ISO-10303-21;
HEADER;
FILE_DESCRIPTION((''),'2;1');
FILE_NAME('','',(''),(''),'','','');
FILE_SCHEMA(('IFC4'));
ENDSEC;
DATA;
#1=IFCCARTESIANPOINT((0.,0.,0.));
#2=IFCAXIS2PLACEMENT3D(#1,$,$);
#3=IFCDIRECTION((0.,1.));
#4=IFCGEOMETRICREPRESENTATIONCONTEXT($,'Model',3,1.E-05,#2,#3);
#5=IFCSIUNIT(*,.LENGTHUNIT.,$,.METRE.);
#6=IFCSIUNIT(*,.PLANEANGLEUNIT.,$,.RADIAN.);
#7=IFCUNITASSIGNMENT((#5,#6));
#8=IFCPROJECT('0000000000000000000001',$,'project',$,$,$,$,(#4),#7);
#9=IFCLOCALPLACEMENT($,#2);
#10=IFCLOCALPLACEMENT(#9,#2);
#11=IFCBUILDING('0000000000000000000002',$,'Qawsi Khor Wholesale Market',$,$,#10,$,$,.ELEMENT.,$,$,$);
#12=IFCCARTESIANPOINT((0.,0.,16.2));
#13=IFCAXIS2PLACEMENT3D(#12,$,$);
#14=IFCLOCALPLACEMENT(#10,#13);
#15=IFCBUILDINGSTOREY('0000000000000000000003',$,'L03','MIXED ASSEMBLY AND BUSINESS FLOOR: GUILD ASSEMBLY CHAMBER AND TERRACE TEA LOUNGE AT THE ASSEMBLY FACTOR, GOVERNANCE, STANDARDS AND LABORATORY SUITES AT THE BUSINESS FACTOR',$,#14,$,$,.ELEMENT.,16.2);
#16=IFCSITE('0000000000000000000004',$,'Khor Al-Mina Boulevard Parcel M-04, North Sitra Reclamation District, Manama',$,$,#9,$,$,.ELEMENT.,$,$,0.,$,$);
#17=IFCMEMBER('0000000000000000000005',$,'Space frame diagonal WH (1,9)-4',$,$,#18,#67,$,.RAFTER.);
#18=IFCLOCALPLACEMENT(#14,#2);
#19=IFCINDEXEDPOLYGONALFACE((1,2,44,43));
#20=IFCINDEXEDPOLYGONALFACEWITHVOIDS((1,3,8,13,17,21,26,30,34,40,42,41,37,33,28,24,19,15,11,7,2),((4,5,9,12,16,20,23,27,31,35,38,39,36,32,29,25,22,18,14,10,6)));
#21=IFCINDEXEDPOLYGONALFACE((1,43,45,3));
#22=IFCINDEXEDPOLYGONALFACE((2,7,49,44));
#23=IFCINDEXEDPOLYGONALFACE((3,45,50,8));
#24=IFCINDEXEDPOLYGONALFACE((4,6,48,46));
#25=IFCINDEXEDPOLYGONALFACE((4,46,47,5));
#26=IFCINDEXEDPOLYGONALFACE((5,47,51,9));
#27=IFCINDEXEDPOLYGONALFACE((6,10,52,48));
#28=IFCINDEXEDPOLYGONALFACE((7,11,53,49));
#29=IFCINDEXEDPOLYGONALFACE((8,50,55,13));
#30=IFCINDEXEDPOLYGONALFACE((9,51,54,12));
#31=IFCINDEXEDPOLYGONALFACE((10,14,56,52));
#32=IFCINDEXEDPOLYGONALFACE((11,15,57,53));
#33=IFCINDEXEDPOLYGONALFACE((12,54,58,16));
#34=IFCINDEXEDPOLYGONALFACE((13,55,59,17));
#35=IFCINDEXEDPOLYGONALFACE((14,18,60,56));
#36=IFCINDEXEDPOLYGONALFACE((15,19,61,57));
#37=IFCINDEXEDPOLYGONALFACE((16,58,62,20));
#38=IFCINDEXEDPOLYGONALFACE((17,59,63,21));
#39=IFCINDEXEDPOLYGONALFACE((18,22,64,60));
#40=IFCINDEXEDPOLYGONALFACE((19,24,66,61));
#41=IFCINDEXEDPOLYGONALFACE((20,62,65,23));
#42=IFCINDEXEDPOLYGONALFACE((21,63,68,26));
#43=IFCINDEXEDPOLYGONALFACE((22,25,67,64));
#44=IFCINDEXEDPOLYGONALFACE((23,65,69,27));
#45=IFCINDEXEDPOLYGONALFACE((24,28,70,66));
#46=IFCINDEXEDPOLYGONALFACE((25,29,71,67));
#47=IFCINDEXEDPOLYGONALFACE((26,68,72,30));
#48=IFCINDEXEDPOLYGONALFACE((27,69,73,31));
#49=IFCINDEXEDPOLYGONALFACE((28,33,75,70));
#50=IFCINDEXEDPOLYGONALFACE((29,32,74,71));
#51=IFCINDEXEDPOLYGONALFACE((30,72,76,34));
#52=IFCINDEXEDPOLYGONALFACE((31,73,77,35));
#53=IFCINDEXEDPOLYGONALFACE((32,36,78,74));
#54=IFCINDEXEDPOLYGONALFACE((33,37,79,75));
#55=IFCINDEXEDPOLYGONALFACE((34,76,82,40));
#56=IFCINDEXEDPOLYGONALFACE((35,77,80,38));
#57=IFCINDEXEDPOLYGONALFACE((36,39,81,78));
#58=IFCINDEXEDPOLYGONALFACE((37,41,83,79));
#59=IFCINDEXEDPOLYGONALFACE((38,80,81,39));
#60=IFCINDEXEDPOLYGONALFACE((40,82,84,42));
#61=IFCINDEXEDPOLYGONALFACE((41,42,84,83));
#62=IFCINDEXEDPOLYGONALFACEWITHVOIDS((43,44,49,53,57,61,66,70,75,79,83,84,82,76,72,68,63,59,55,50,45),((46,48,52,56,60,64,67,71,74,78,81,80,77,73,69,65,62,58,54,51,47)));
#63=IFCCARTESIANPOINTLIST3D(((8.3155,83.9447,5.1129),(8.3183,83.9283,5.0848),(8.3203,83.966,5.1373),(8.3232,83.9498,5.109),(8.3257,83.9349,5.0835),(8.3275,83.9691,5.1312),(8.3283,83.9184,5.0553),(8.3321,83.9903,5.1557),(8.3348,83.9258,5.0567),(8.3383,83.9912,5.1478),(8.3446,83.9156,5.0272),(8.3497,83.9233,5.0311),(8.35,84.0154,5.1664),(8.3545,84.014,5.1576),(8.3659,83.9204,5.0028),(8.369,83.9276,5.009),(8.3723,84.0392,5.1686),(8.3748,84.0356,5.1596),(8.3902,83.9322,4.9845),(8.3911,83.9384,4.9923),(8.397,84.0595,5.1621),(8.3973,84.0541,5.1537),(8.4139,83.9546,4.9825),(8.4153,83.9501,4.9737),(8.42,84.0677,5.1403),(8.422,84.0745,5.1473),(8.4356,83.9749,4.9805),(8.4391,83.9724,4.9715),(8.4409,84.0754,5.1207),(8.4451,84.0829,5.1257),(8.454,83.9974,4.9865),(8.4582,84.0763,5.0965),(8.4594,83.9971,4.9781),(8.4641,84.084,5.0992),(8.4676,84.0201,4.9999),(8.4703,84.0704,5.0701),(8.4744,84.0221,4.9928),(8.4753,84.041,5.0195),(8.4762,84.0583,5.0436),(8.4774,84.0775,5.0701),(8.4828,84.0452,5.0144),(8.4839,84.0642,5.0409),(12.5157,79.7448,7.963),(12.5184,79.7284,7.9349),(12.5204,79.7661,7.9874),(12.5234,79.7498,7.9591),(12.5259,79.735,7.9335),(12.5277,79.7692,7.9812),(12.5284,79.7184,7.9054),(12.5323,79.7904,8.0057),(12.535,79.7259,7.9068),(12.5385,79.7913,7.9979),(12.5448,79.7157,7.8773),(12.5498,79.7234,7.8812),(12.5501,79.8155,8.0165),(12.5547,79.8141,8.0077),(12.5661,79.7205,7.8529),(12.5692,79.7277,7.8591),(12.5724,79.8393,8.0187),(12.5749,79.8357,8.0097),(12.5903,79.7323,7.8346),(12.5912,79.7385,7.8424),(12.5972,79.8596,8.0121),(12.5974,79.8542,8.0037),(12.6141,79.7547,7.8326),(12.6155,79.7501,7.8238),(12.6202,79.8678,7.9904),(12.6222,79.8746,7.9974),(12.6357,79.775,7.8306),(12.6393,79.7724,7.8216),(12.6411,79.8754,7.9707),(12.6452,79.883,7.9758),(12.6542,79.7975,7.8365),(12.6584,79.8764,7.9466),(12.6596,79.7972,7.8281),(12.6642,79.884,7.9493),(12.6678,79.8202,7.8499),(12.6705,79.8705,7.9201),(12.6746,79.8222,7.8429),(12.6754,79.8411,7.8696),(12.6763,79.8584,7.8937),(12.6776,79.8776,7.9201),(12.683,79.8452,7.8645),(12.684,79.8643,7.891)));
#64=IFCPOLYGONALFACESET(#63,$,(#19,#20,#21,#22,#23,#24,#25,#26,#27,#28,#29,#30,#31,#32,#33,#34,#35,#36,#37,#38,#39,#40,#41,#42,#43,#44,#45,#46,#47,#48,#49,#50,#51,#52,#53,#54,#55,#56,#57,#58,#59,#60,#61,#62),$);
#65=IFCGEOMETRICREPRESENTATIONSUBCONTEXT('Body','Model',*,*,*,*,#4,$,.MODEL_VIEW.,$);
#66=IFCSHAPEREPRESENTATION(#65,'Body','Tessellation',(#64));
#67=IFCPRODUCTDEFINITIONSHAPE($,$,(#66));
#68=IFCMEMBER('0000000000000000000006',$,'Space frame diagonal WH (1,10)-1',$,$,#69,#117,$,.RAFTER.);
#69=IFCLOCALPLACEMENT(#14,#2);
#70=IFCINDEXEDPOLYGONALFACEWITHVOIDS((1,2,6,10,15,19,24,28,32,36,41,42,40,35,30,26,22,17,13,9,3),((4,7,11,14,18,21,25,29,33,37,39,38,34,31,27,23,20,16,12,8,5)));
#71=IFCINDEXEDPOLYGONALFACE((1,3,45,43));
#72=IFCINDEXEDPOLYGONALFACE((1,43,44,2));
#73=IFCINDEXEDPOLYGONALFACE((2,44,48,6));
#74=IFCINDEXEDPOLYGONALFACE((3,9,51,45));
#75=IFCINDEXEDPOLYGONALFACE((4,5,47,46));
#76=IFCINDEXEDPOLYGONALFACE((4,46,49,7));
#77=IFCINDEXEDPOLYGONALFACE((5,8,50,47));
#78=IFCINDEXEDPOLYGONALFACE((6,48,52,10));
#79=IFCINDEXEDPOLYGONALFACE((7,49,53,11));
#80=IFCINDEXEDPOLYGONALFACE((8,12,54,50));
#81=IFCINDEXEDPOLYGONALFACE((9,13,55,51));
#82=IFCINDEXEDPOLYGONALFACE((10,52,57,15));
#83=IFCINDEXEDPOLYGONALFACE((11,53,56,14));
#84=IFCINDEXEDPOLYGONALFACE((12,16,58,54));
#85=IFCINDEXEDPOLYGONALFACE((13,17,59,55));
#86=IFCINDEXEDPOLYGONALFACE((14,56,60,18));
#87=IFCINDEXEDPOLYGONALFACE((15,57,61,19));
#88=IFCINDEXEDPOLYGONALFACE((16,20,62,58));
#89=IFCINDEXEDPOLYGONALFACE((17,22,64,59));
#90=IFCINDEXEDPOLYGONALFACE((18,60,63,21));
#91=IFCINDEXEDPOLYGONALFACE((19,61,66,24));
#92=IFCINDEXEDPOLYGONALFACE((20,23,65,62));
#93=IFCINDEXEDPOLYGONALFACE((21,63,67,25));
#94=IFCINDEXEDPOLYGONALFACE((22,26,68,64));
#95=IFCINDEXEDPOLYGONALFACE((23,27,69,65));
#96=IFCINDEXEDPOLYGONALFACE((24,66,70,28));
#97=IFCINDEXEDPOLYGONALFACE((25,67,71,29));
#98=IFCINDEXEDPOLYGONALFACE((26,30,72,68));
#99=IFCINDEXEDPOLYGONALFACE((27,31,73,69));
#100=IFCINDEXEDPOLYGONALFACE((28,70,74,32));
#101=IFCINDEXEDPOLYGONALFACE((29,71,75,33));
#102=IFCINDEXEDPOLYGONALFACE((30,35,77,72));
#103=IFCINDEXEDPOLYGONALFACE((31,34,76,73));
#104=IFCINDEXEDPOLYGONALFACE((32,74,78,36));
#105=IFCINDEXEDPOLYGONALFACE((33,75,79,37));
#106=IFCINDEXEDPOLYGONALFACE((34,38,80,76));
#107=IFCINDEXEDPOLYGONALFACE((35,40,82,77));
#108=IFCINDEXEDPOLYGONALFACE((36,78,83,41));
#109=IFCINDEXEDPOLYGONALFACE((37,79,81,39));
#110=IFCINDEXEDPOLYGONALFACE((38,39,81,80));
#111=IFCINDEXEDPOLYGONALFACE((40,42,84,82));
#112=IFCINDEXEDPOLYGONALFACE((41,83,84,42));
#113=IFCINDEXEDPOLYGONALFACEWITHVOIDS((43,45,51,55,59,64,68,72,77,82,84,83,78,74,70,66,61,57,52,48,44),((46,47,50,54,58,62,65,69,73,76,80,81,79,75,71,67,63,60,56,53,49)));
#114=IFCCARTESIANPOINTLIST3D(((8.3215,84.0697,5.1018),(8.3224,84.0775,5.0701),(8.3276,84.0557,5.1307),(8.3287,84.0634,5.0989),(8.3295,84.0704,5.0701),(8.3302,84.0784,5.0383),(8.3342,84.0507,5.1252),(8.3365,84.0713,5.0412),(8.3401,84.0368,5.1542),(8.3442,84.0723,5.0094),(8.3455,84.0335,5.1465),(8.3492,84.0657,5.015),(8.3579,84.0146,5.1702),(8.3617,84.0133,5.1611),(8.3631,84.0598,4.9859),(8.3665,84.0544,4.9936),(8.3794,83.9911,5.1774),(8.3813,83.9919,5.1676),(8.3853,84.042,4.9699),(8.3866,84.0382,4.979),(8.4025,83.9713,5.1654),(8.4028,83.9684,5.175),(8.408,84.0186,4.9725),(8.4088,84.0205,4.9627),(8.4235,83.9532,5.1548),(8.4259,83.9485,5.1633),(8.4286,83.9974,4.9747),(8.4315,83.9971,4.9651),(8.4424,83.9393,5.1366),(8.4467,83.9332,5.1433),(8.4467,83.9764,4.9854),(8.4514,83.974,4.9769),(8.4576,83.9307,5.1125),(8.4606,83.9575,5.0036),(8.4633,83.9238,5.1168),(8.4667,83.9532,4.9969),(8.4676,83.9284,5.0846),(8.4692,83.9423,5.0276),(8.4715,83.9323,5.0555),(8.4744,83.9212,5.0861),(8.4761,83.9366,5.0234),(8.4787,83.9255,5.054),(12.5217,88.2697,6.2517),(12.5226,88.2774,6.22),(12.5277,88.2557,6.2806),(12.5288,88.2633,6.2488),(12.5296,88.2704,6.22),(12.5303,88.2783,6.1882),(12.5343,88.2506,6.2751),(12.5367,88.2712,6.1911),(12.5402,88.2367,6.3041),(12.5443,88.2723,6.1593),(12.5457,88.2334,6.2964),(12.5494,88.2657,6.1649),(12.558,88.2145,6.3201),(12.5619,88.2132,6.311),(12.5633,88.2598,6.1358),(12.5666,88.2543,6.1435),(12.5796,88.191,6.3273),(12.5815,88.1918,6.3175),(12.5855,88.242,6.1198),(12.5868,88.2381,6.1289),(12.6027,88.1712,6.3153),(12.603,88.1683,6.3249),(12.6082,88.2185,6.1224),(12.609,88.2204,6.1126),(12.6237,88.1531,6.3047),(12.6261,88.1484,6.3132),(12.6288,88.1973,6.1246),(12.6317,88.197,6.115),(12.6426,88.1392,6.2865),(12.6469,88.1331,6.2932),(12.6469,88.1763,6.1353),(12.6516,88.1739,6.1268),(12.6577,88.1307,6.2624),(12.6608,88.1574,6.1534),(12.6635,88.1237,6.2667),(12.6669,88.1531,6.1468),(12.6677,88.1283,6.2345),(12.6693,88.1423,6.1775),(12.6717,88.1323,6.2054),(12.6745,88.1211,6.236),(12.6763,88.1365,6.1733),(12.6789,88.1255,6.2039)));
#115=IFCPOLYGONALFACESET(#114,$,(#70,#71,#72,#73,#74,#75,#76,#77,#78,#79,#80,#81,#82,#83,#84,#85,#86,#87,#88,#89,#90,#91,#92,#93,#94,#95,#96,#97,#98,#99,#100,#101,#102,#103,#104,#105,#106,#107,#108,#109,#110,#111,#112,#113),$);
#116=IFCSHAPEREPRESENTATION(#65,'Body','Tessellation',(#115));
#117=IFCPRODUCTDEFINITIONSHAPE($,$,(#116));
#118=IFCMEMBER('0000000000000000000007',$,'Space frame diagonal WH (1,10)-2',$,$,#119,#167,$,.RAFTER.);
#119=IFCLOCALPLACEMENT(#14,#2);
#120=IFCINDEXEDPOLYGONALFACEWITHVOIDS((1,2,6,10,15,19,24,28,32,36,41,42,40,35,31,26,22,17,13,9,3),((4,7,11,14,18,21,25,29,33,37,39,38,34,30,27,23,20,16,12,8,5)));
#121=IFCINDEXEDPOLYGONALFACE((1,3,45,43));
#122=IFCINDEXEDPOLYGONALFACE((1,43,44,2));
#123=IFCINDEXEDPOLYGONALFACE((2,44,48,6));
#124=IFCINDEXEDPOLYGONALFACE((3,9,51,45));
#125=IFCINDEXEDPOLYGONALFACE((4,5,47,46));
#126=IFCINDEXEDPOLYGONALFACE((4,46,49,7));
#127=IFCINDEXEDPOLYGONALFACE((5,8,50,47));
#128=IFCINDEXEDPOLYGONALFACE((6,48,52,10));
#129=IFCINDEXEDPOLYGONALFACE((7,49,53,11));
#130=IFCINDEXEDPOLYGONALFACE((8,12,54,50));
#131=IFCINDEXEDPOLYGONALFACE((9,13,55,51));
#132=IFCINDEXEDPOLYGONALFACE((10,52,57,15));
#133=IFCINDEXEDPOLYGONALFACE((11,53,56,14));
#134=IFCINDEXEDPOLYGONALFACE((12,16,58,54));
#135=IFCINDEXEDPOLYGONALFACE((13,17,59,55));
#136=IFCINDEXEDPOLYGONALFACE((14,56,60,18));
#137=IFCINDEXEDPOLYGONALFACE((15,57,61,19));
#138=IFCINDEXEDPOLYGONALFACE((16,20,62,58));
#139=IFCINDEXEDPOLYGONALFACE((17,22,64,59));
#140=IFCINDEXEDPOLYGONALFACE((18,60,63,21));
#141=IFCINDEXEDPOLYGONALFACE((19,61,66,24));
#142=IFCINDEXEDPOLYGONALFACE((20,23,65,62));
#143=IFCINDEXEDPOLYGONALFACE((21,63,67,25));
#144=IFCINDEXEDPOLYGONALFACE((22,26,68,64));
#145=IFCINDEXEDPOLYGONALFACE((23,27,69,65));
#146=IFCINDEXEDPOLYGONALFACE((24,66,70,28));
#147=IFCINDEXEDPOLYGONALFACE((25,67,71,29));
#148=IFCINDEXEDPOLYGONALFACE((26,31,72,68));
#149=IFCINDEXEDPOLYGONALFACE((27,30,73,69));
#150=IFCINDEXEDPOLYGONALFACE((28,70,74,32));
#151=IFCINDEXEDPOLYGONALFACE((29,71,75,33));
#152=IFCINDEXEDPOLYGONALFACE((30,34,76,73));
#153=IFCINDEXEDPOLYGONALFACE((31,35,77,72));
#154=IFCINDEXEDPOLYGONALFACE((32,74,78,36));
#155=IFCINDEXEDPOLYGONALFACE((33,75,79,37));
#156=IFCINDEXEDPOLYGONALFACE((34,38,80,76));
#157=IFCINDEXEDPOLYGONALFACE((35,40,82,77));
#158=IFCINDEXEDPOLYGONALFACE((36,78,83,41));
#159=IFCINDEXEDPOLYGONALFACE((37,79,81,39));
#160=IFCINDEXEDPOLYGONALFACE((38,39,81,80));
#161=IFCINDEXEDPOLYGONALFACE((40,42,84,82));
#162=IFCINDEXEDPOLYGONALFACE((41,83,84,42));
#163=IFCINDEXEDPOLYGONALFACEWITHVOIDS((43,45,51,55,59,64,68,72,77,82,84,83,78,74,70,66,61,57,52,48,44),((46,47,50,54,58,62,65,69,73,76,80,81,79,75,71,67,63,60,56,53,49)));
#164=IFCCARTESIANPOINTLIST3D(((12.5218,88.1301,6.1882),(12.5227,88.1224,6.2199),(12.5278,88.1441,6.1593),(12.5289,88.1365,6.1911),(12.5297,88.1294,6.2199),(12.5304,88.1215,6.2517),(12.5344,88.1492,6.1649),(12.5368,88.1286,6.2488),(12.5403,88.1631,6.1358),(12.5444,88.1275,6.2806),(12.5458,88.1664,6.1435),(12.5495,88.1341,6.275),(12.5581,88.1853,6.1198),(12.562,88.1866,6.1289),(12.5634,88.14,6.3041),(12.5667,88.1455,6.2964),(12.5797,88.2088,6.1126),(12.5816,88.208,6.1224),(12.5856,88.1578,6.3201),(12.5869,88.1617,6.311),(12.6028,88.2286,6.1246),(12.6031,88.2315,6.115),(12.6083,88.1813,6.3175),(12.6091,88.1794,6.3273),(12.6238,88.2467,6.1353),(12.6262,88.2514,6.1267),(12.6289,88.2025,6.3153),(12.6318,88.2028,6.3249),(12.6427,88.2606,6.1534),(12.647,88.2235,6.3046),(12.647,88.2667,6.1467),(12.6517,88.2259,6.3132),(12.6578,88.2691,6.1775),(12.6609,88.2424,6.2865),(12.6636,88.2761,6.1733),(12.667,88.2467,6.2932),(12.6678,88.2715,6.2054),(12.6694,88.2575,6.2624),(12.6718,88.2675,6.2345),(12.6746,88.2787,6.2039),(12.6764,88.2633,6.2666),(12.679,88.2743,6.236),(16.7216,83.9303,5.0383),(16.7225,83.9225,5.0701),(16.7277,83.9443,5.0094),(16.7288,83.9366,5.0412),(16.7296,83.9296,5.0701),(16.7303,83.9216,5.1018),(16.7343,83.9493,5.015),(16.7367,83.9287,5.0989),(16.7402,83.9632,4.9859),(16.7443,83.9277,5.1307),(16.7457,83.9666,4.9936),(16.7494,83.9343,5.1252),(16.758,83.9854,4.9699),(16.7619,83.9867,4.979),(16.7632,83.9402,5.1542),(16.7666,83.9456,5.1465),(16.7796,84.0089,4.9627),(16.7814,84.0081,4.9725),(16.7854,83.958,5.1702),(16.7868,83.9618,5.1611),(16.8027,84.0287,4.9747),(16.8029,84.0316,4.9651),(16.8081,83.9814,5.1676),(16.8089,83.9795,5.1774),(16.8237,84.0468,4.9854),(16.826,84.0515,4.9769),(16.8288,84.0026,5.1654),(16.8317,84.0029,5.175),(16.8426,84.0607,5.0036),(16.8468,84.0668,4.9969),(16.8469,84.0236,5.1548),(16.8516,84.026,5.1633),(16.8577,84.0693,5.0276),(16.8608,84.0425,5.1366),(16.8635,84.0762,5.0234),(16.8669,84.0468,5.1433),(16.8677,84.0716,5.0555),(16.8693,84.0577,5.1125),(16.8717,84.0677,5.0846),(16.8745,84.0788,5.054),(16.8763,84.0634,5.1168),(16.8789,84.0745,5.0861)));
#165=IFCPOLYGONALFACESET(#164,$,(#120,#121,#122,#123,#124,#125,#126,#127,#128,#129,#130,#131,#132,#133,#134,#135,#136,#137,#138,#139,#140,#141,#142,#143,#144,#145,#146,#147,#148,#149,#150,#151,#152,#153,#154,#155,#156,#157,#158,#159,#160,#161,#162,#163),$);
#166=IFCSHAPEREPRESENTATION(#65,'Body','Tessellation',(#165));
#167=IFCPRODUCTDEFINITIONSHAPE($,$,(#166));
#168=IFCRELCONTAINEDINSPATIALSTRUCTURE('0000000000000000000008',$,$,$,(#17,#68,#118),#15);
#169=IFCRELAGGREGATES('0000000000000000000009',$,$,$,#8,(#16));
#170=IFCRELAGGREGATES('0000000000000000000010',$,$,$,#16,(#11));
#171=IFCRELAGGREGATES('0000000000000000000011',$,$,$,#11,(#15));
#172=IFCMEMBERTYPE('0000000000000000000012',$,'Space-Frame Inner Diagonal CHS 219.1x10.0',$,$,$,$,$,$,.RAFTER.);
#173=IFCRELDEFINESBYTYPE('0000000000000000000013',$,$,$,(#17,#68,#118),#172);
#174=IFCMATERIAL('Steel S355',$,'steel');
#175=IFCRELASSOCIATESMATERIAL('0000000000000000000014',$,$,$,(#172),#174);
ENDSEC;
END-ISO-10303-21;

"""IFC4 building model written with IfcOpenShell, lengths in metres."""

from ifc_helpers import new_model, si_unit, direction, frame, origin, origin_2d, place, context, subcontext, project, spatial, hollow_circle, extrude, material, material_profile, profile_set, type_object, element, save


model = new_model("IFC4")

# Units and contexts
model_context = context("Model", 3, precision=1e-05, world=origin(), true_north=direction((0.0, 1.0)))
body_context = subcontext(model_context, "Body", "Model", "MODEL_VIEW")
ifc_project = project(units=[si_unit("LENGTHUNIT", "METRE"), si_unit("PLANEANGLEUNIT", "RADIAN")], contexts=[model_context])

# Site, building, storey
site_placement = place(None, origin())
site = spatial("IfcSite", under=ifc_project, at=site_placement, Name="Khor Al-Mina Boulevard Parcel M-04, North Sitra Reclamation District, Manama", CompositionType="ELEMENT", RefElevation=0.0)
building_placement = place(site_placement, origin())
building = spatial("IfcBuilding", under=site, at=building_placement, Name="Qawsi Khor Wholesale Market", CompositionType="ELEMENT")
storey_placement = place(building_placement, frame((0.0, 0.0, 16.2)))
storey = spatial("IfcBuildingStorey", under=building, at=storey_placement, Name="L03", Description="MIXED ASSEMBLY AND BUSINESS FLOOR: GUILD ASSEMBLY CHAMBER AND TERRACE TEA LOUNGE AT THE ASSEMBLY FACTOR, GOVERNANCE, STANDARDS AND LABORATORY SUITES AT THE BUSINESS FACTOR", CompositionType="ELEMENT", Elevation=16.2)

# Members
ifc_material_1 = material(Name="Steel S355", Category="steel")
ifc_material_profile_1 = material_profile(ifc_material_1, hollow_circle(Radius=0.1096, WallThickness=0.01, at=origin_2d()), Name="CHS 219.1x10.0")
ifc_profile_set_1 = profile_set([ifc_material_profile_1], Name="Steel S355")
member_type_1 = type_object("IfcMemberType", Name="Space-Frame Inner Diagonal CHS 219.1x10.0", PredefinedType="RAFTER", material=ifc_profile_set_1)
for number, where, z_axis, x_axis, name in (
    (1, (8.3999, 84.0, 5.0701), (0.637534, -0.637497, 0.432607), (0.707086, 0.707127, 0.0), "Space frame diagonal WH (1,9)-4"),
):
    element("IfcMember", number, at=place(storey_placement, frame(where, z_axis=z_axis, x_axis=x_axis)), inside=storey, type_object=member_type_1, Name=name, PredefinedType="RAFTER", context=body_context, shape_type="SweptSolid", body=[
        extrude(hollow_circle(Radius=0.1096, WallThickness=0.01, at=origin_2d()), origin(), (0.0, 0.0, 1.0), 6.5881),
    ])
member_1_placement = place(storey_placement, frame((8.3999, 84.0, 5.0701), z_axis=(0.694238, 0.694197, 0.190064), x_axis=(-0.707086, 0.707127, 0.0)))
element("IfcMember", 2, at=member_1_placement, inside=storey, type_object=member_type_1, Name="Space frame diagonal WH (1,10)-1", PredefinedType="RAFTER", context=body_context, shape_type="SweptSolid", body=[
    extrude(hollow_circle(Radius=0.1096, WallThickness=0.01, at=origin_2d()), origin(), (0.0, 0.0, 1.0), 6.05),
])
member_2_placement = place(storey_placement, frame((16.8, 84.0, 5.0701), z_axis=(-0.694217, 0.694217, 0.190069), x_axis=(-0.707107, -0.707107, 0.0)))
element("IfcMember", 3, at=member_2_placement, inside=storey, type_object=member_type_1, Name="Space frame diagonal WH (1,10)-2", PredefinedType="RAFTER", context=body_context, shape_type="SweptSolid", body=[
    extrude(hollow_circle(Radius=0.1096, WallThickness=0.01, at=origin_2d()), origin(), (0.0, 0.0, 1.0), 6.0498),
])

save(model, "model.ifc")
